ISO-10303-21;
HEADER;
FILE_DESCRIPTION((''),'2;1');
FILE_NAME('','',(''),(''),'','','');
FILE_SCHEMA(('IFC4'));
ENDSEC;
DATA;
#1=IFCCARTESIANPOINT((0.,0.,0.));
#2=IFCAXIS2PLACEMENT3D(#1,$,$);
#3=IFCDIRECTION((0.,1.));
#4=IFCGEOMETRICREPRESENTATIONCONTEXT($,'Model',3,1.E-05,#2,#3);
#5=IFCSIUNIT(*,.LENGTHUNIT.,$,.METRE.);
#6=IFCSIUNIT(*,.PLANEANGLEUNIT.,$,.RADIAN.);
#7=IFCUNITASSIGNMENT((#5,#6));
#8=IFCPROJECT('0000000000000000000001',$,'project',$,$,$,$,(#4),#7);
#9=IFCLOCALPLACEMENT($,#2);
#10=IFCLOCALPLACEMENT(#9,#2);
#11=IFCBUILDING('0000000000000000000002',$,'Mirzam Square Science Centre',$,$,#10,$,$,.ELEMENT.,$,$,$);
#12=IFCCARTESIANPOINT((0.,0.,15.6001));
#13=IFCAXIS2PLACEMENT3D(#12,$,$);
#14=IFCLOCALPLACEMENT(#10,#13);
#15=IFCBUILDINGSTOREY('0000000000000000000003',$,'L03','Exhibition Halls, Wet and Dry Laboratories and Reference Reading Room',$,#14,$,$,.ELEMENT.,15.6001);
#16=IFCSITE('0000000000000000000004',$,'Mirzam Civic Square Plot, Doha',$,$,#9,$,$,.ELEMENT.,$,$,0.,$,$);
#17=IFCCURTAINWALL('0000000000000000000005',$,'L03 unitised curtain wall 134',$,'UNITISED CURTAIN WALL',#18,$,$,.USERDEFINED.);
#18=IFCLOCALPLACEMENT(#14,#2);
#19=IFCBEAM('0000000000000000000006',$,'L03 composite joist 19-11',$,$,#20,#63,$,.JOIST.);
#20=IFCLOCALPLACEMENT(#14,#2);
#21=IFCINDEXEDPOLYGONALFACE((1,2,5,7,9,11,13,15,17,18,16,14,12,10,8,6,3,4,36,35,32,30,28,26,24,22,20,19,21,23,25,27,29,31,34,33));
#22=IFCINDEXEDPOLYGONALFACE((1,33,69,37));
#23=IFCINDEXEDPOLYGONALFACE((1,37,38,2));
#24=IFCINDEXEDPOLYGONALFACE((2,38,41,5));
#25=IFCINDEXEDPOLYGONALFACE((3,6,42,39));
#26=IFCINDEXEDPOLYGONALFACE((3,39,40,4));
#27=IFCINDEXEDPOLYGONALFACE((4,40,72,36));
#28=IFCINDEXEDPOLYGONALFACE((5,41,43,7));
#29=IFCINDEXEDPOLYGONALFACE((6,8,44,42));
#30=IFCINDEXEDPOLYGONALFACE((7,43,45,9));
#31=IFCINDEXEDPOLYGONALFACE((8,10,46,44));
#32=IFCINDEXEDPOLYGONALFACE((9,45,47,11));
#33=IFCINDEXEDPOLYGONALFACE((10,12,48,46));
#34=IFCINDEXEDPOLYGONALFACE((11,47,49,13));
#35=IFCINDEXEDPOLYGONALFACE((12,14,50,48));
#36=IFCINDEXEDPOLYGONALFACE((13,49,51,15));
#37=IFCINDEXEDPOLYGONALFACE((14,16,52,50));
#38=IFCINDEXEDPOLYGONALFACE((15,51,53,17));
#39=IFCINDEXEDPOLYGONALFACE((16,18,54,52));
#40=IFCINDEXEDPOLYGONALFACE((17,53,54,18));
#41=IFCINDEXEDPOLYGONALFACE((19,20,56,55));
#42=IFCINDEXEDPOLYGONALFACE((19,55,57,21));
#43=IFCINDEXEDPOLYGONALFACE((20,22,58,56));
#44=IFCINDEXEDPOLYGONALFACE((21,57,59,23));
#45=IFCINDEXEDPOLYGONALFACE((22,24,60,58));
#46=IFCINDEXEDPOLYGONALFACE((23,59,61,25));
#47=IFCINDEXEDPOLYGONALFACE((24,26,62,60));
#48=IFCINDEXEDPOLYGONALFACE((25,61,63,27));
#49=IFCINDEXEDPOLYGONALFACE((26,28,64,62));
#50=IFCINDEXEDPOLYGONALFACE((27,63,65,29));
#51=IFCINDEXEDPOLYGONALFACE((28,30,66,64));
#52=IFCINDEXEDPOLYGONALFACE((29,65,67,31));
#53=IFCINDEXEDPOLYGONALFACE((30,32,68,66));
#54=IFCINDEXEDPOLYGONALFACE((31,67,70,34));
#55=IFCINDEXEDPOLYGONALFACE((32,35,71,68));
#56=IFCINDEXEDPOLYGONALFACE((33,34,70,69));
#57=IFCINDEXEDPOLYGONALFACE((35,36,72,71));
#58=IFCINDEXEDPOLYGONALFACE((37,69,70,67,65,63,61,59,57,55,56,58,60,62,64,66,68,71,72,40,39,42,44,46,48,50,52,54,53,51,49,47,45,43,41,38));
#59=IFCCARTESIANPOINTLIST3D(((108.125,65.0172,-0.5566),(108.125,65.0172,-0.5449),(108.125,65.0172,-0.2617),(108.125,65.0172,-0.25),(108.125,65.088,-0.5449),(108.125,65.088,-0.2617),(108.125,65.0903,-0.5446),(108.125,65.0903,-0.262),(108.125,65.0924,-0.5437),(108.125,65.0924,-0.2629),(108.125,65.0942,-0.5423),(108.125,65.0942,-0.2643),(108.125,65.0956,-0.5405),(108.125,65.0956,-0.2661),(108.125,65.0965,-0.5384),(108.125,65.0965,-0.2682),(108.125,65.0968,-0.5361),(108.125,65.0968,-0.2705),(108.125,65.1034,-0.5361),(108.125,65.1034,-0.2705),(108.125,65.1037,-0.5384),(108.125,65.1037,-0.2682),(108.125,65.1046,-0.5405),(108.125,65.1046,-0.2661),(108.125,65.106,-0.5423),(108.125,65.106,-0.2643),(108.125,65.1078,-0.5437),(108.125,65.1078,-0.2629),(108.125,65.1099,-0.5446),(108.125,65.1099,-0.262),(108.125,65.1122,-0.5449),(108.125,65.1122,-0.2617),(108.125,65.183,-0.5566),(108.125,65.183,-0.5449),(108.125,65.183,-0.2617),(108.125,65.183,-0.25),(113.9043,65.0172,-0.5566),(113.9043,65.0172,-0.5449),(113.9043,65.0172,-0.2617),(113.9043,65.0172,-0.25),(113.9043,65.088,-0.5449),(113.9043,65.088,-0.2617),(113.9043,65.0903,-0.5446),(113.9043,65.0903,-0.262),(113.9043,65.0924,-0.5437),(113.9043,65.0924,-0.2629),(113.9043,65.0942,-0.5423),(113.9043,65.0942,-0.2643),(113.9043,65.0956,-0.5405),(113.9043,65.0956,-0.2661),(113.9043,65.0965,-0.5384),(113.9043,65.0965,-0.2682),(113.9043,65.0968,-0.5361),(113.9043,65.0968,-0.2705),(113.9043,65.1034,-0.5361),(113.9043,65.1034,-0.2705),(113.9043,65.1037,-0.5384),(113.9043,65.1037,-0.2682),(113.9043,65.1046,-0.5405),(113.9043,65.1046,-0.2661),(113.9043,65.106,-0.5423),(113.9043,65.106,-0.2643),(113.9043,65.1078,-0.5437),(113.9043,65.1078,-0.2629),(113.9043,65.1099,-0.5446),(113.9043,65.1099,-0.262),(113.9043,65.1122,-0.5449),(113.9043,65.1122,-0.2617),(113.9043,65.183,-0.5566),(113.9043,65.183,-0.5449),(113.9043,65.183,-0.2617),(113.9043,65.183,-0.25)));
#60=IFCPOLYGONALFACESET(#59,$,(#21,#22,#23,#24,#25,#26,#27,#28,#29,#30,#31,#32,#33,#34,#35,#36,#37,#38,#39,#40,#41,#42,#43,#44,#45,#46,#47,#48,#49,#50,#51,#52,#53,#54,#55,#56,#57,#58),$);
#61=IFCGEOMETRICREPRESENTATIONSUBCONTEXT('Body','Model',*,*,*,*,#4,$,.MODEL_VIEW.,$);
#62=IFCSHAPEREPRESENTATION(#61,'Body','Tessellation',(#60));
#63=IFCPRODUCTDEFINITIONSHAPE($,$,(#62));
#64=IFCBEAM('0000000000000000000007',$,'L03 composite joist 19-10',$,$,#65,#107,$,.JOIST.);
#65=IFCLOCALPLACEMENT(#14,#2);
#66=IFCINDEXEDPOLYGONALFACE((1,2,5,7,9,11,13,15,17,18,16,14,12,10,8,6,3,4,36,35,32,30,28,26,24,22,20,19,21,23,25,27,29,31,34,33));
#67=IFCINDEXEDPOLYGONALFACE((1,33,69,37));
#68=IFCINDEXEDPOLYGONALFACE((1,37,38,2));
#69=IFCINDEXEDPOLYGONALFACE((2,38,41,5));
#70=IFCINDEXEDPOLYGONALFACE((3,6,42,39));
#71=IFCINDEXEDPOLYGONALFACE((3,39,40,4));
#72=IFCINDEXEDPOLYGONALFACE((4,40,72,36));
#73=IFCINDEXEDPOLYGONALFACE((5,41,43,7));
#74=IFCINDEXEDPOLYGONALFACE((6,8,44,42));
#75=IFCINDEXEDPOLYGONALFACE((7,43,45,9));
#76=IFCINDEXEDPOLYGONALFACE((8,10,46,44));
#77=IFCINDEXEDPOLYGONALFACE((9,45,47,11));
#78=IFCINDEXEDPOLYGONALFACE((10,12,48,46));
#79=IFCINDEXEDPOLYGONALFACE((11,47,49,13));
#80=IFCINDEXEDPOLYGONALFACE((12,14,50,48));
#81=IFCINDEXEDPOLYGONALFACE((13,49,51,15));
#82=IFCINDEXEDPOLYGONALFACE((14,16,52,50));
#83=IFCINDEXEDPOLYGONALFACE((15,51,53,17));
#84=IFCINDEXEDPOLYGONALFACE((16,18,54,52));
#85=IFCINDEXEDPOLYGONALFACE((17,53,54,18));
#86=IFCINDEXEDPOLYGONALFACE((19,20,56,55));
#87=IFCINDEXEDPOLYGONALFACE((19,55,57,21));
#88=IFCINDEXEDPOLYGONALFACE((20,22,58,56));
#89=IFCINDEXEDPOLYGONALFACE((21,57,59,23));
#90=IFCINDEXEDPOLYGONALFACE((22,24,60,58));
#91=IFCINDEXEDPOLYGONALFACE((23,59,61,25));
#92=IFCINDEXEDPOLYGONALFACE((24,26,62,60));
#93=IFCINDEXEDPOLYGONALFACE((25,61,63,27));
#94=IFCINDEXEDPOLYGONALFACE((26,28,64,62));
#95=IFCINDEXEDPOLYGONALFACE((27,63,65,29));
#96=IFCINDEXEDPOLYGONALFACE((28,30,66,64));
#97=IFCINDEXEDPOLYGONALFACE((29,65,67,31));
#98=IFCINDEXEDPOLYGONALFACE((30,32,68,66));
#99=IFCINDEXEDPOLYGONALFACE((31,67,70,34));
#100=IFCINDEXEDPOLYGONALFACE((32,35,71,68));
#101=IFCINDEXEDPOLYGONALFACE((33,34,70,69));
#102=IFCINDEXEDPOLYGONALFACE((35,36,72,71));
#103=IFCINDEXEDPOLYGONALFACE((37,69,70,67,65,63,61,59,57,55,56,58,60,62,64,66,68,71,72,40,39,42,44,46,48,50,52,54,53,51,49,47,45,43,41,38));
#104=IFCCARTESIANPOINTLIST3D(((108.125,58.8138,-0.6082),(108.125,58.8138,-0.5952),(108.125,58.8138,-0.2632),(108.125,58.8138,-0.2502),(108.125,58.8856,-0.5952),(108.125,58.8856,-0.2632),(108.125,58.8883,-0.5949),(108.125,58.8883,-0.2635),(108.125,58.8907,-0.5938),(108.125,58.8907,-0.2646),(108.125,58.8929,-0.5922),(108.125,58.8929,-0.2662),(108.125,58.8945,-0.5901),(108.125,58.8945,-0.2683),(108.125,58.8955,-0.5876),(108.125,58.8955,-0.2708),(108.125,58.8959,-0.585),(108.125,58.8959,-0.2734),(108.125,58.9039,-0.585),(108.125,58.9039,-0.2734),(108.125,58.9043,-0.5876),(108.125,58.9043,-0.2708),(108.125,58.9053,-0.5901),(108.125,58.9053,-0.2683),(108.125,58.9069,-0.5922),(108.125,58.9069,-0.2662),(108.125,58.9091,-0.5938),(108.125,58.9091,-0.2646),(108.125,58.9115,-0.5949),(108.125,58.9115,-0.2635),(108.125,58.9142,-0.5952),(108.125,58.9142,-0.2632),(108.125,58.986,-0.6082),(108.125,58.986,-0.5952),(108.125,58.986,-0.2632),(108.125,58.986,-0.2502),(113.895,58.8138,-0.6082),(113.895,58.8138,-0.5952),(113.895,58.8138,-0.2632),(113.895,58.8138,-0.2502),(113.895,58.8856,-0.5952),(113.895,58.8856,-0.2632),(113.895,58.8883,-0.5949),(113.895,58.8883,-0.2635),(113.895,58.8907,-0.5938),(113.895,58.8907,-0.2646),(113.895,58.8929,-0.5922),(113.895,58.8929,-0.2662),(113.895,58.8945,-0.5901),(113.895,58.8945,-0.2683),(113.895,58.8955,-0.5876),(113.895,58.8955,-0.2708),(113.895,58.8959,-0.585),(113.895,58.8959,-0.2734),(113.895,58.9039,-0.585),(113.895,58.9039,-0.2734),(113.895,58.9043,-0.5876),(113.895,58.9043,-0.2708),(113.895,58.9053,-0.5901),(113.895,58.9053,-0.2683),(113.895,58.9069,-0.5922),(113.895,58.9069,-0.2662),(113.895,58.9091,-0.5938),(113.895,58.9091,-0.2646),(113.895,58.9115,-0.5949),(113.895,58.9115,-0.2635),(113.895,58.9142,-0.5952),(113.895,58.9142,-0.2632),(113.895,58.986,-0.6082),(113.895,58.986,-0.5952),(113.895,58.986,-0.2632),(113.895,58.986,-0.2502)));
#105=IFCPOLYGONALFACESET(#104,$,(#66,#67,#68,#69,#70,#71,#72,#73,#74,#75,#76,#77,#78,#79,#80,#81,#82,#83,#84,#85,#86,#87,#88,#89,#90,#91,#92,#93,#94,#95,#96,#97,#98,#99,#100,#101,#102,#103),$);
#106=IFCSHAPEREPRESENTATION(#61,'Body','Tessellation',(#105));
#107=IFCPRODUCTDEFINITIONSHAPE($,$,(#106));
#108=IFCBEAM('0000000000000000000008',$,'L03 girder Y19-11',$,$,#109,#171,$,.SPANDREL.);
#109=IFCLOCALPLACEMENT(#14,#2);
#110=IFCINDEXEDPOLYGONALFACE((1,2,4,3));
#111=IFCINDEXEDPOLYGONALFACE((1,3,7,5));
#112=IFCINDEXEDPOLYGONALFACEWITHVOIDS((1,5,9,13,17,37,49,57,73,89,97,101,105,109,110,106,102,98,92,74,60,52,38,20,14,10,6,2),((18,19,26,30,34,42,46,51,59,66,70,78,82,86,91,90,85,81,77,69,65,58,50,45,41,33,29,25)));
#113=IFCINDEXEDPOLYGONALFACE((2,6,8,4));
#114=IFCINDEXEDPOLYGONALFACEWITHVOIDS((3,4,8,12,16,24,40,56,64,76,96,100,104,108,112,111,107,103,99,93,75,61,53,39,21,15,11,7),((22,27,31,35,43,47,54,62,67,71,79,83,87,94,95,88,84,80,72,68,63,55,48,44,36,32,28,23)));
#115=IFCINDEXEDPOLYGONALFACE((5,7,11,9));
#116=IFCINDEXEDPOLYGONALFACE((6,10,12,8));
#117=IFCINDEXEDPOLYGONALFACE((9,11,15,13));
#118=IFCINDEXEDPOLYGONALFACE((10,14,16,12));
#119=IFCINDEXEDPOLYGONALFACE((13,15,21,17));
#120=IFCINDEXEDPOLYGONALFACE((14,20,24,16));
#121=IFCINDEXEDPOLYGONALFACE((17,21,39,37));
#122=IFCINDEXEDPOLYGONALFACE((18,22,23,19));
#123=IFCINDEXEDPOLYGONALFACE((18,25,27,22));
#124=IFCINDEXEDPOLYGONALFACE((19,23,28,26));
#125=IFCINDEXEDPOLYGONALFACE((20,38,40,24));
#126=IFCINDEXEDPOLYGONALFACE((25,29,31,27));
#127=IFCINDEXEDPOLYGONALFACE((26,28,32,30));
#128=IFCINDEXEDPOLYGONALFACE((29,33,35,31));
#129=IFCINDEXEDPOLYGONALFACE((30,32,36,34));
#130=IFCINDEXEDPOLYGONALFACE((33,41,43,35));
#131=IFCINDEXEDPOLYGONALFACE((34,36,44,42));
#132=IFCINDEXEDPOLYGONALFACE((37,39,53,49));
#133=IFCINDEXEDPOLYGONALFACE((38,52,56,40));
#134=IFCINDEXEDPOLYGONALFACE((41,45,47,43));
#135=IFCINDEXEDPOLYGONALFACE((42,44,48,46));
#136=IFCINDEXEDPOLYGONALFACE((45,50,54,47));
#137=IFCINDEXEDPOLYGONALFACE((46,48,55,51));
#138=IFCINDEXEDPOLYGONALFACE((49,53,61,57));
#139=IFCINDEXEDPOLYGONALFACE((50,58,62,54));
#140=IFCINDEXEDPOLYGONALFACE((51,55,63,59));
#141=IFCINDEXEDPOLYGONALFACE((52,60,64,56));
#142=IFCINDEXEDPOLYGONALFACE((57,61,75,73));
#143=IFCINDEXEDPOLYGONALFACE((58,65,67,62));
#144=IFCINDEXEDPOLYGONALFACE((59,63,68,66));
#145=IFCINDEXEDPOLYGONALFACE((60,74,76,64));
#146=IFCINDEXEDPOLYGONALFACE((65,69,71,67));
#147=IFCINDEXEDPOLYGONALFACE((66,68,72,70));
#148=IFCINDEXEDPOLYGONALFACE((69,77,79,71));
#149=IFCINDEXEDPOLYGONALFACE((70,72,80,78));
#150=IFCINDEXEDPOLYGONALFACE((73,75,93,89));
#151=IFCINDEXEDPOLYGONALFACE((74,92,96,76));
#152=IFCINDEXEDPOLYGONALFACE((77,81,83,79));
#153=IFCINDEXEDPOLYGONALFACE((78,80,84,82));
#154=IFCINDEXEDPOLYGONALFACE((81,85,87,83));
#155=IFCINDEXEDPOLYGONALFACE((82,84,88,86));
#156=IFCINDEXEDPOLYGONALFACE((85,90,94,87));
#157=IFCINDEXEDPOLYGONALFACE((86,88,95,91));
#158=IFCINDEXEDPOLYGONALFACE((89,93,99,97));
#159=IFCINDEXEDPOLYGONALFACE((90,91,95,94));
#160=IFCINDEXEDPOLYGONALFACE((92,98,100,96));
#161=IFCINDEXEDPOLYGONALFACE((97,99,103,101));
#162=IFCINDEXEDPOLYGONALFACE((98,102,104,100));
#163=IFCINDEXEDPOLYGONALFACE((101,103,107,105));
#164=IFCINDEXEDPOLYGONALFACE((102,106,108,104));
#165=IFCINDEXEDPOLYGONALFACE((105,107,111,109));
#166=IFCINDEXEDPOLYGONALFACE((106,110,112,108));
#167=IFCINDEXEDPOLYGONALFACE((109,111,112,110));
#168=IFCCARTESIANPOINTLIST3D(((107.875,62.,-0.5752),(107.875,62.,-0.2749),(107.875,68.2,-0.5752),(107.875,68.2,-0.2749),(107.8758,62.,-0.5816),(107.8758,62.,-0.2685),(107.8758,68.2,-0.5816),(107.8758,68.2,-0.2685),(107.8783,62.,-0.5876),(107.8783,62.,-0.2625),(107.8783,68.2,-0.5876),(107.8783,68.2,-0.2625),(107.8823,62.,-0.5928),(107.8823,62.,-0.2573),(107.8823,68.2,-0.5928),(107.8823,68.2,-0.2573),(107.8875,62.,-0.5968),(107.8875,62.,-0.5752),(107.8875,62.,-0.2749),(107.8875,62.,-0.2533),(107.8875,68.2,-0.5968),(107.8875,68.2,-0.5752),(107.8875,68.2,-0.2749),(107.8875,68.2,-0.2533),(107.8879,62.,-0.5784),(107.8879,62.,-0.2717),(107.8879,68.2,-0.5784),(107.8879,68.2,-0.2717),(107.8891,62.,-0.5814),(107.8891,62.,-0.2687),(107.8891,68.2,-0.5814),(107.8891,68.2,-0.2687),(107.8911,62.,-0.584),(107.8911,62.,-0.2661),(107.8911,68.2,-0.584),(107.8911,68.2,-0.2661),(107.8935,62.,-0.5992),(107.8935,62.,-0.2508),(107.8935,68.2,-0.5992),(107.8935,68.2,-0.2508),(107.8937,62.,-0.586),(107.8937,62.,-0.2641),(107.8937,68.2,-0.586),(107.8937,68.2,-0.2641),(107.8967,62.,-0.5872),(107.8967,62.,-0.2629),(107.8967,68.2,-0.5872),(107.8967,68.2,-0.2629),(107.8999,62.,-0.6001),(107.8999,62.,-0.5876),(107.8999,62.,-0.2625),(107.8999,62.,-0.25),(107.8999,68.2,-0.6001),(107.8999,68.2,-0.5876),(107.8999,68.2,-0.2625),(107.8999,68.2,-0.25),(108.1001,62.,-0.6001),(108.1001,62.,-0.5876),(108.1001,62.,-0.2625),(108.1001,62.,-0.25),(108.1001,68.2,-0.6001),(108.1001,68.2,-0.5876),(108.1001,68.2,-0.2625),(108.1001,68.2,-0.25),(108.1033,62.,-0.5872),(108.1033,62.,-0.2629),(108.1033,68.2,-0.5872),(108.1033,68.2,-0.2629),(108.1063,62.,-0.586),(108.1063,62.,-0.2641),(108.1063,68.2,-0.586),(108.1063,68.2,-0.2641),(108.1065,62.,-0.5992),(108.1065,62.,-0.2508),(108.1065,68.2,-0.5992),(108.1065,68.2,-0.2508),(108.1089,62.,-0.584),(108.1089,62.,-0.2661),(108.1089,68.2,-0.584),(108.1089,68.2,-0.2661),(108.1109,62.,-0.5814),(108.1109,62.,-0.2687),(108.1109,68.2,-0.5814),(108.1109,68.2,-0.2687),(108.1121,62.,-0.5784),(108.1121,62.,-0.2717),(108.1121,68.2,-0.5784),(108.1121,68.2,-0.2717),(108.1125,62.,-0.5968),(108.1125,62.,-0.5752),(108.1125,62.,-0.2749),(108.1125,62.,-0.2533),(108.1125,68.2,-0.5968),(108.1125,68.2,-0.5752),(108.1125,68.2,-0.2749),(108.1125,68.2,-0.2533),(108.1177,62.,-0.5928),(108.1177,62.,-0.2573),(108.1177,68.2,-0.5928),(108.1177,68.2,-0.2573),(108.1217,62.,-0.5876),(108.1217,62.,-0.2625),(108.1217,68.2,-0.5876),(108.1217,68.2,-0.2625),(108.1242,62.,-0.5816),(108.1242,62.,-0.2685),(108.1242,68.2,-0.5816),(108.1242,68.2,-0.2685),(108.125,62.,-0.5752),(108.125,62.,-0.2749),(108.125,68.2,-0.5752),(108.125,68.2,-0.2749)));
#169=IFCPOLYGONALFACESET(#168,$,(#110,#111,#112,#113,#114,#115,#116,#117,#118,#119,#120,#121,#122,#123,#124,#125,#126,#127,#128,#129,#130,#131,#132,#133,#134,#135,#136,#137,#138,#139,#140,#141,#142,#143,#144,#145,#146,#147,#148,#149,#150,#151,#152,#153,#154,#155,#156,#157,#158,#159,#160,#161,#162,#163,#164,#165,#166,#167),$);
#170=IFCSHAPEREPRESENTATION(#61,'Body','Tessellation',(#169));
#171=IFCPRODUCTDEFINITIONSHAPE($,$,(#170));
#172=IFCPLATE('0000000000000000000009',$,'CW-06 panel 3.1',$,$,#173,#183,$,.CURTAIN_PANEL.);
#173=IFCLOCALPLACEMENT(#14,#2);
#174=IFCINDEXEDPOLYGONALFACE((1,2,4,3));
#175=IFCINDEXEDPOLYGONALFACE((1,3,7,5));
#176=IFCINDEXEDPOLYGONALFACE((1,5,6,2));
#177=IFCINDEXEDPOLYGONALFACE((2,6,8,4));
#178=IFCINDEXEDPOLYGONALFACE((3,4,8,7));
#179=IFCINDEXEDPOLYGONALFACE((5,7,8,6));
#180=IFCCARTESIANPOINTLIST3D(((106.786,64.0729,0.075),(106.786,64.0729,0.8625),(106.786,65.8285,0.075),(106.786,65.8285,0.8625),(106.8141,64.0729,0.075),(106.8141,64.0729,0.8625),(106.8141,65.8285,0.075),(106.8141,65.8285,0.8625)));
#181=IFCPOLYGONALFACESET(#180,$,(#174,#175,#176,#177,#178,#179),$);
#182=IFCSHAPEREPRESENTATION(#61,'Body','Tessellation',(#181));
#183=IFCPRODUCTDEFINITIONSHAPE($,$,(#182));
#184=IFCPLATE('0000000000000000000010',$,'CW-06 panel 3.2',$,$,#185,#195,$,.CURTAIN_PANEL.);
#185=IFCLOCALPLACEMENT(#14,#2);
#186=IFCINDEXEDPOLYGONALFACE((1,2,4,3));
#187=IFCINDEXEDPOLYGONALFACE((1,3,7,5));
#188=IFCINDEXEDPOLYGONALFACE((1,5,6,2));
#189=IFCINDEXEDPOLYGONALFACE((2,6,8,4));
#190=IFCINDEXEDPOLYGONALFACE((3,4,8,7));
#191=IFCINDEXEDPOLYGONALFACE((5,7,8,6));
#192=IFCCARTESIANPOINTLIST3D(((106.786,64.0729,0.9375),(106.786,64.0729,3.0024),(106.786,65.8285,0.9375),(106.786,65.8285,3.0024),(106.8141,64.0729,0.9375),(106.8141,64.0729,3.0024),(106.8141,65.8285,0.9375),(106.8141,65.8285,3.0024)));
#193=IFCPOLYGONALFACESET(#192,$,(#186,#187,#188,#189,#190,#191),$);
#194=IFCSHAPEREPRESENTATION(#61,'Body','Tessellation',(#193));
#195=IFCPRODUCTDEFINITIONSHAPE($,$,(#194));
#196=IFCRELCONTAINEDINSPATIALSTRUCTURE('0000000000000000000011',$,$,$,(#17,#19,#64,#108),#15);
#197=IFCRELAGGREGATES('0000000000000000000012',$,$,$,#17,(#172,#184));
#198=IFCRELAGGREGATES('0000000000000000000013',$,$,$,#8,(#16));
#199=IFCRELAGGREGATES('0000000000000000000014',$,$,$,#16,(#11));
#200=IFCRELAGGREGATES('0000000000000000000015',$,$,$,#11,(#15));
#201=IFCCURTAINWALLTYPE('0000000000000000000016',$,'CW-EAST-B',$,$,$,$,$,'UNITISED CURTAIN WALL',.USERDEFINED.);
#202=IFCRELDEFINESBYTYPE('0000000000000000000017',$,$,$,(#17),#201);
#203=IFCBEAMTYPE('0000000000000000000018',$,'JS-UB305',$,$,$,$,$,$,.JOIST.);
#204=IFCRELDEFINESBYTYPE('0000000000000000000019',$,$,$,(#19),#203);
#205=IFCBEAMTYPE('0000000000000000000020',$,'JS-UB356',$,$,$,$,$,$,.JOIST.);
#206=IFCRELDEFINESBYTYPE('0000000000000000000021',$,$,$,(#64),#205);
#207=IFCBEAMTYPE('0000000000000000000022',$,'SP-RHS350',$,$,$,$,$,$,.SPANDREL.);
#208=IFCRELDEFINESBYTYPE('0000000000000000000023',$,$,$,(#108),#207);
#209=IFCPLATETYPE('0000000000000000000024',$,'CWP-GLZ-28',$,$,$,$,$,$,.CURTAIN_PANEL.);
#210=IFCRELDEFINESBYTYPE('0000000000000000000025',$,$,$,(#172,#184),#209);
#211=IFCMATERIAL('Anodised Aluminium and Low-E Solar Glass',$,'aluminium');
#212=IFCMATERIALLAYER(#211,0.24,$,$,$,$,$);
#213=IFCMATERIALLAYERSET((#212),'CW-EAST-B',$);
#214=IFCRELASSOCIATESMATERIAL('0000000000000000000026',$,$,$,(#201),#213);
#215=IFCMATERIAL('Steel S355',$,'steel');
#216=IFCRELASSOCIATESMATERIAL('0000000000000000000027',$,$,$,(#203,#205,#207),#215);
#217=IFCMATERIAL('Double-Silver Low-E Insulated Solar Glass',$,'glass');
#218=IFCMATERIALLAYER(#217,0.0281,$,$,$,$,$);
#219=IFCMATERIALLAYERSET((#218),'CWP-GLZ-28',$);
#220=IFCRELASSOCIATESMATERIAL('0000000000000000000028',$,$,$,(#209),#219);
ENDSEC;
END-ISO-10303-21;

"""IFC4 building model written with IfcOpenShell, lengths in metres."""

from ifc_helpers import new_model, si_unit, direction, frame, origin, origin_2d, place, context, subcontext, project, spatial, rectangle, hollow_rectangle, i_section, extrude, material, layer, layer_set, material_profile, profile_set, type_object, element, aggregate, save


model = new_model("IFC4")

# Units and contexts
model_context = context("Model", 3, precision=1e-05, world=origin(), true_north=direction((0.0, 1.0)))
body_context = subcontext(model_context, "Body", "Model", "MODEL_VIEW")
ifc_project = project(units=[si_unit("LENGTHUNIT", "METRE"), si_unit("PLANEANGLEUNIT", "RADIAN")], contexts=[model_context])

# Site, building, storey
site_placement = place(None, origin())
site = spatial("IfcSite", under=ifc_project, at=site_placement, Name="Mirzam Civic Square Plot, Doha", CompositionType="ELEMENT", RefElevation=0.0)
building_placement = place(site_placement, origin())
building = spatial("IfcBuilding", under=site, at=building_placement, Name="Mirzam Square Science Centre", CompositionType="ELEMENT")
storey_placement = place(building_placement, frame((0.0, 0.0, 15.6001)))
storey = spatial("IfcBuildingStorey", under=building, at=storey_placement, Name="L03", Description="Exhibition Halls, Wet and Dry Laboratories and Reference Reading Room", CompositionType="ELEMENT", Elevation=15.6001)

# Shared definitions
ifc_material_1 = material(Name="Steel S355", Category="steel")

# Shared definitions
ifc_material_2 = material(Name="Anodised Aluminium and Low-E Solar Glass", Category="aluminium")

# Curtain wall
ifc_layer_1 = layer(ifc_material_2, 0.24)
ifc_layer_set_1 = layer_set([ifc_layer_1], Name="CW-EAST-B")
curtain_wall_type_1 = type_object("IfcCurtainWallType", Name="CW-EAST-B", ElementType="UNITISED CURTAIN WALL", PredefinedType="USERDEFINED", material=ifc_layer_set_1)
curtain_wall_1_placement = place(storey_placement, origin())
curtain_wall_1 = element("IfcCurtainWall", 1, at=curtain_wall_1_placement, inside=storey, type_object=curtain_wall_type_1, Name="L03 unitised curtain wall 134", ObjectType="UNITISED CURTAIN WALL", PredefinedType="USERDEFINED")

# Beams
ifc_material_profile_1 = material_profile(ifc_material_1, i_section(OverallWidth=0.1658, OverallDepth=0.3066, WebThickness=0.0066, FlangeThickness=0.0117, FilletRadius=0.0088, at=origin_2d()), Name="305x165x46UB")
ifc_profile_set_1 = profile_set([ifc_material_profile_1], Name="Steel S355")
beam_type_1 = type_object("IfcBeamType", Name="JS-UB305", PredefinedType="JOIST", material=ifc_profile_set_1)
beam_1_placement = place(storey_placement, frame((108.125, 65.1001, -0.4033), z_axis=(1.0, 0.0, 0.0), x_axis=(0.0, 1.0, 0.0)))
element("IfcBeam", 2, at=beam_1_placement, inside=storey, type_object=beam_type_1, Name="L03 composite joist 19-11", PredefinedType="JOIST", context=body_context, shape_type="SweptSolid", body=[
    extrude(i_section(OverallWidth=0.1658, OverallDepth=0.3066, WebThickness=0.0066, FlangeThickness=0.0117, FilletRadius=0.0088, at=origin_2d()), origin(), (0.0, 0.0, 1.0), 5.7793),
])
ifc_material_profile_2 = material_profile(ifc_material_1, i_section(OverallWidth=0.1721, OverallDepth=0.3579, WebThickness=0.0081, FlangeThickness=0.0129, FilletRadius=0.0103, at=origin_2d()), Name="356x171x57UB")
ifc_profile_set_2 = profile_set([ifc_material_profile_2], Name="Steel S355")
beam_type_2 = type_object("IfcBeamType", Name="JS-UB356", PredefinedType="JOIST", material=ifc_profile_set_2)
beam_2_placement = place(storey_placement, frame((108.125, 58.8999, -0.4292), z_axis=(1.0, 0.0, 0.0), x_axis=(0.0, 1.0, 0.0)))
element("IfcBeam", 3, at=beam_2_placement, inside=storey, type_object=beam_type_2, Name="L03 composite joist 19-10", PredefinedType="JOIST", context=body_context, shape_type="SweptSolid", body=[
    extrude(i_section(OverallWidth=0.1721, OverallDepth=0.3579, WebThickness=0.0081, FlangeThickness=0.0129, FilletRadius=0.0103, at=origin_2d()), origin(), (0.0, 0.0, 1.0), 5.77),
])
ifc_material_profile_3 = material_profile(ifc_material_1, hollow_rectangle(XDim=0.25, YDim=0.3501, WallThickness=0.0125, InnerFilletRadius=0.0125, OuterFilletRadius=0.0249, at=origin_2d()), Name="350x250x12.5RHS")
ifc_profile_set_3 = profile_set([ifc_material_profile_3], Name="Steel S355")
beam_type_3 = type_object("IfcBeamType", Name="SP-RHS350", PredefinedType="SPANDREL", material=ifc_profile_set_3)
beam_3_placement = place(storey_placement, frame((108.0, 62.0, -0.425), z_axis=(0.0, 1.0, 0.0), x_axis=(-1.0, 0.0, 0.0)))
element("IfcBeam", 4, at=beam_3_placement, inside=storey, type_object=beam_type_3, Name="L03 girder Y19-11", PredefinedType="SPANDREL", context=body_context, shape_type="SweptSolid", body=[
    extrude(hollow_rectangle(XDim=0.25, YDim=0.3501, WallThickness=0.0125, InnerFilletRadius=0.0125, OuterFilletRadius=0.0249, at=origin_2d()), origin(), (0.0, 0.0, 1.0), 6.2),
])

# Plates
ifc_material_3 = material(Name="Double-Silver Low-E Insulated Solar Glass", Category="glass")
ifc_layer_2 = layer(ifc_material_3, 0.0281)
ifc_layer_set_2 = layer_set([ifc_layer_2], Name="CWP-GLZ-28")
plate_type_1 = type_object("IfcPlateType", Name="CWP-GLZ-28", PredefinedType="CURTAIN_PANEL", material=ifc_layer_set_2)
plate_1_placement = place(storey_placement, frame((106.8, 64.9507, 0.075), z_axis=(0.0, 0.0, 1.0), x_axis=(0.0, -1.0, 0.0)))
plate_1 = element("IfcPlate", 5, at=plate_1_placement, type_object=plate_type_1, Name="CW-06 panel 3.1", PredefinedType="CURTAIN_PANEL", context=body_context, shape_type="SweptSolid", body=[
    extrude(rectangle(XDim=1.7556, YDim=0.0281, at=origin_2d()), origin(), (0.0, 0.0, 1.0), 0.7876),
])
plate_2_placement = place(storey_placement, frame((106.8, 64.9507, 0.9375), z_axis=(0.0, 0.0, 1.0), x_axis=(0.0, -1.0, 0.0)))
plate_2 = element("IfcPlate", 6, at=plate_2_placement, type_object=plate_type_1, Name="CW-06 panel 3.2", PredefinedType="CURTAIN_PANEL", context=body_context, shape_type="SweptSolid", body=[
    extrude(rectangle(XDim=1.7556, YDim=0.0281, at=origin_2d()), origin(), (0.0, 0.0, 1.0), 2.0649),
])
aggregate(curtain_wall_1, [plate_1, plate_2])

save(model, "model.ifc")
